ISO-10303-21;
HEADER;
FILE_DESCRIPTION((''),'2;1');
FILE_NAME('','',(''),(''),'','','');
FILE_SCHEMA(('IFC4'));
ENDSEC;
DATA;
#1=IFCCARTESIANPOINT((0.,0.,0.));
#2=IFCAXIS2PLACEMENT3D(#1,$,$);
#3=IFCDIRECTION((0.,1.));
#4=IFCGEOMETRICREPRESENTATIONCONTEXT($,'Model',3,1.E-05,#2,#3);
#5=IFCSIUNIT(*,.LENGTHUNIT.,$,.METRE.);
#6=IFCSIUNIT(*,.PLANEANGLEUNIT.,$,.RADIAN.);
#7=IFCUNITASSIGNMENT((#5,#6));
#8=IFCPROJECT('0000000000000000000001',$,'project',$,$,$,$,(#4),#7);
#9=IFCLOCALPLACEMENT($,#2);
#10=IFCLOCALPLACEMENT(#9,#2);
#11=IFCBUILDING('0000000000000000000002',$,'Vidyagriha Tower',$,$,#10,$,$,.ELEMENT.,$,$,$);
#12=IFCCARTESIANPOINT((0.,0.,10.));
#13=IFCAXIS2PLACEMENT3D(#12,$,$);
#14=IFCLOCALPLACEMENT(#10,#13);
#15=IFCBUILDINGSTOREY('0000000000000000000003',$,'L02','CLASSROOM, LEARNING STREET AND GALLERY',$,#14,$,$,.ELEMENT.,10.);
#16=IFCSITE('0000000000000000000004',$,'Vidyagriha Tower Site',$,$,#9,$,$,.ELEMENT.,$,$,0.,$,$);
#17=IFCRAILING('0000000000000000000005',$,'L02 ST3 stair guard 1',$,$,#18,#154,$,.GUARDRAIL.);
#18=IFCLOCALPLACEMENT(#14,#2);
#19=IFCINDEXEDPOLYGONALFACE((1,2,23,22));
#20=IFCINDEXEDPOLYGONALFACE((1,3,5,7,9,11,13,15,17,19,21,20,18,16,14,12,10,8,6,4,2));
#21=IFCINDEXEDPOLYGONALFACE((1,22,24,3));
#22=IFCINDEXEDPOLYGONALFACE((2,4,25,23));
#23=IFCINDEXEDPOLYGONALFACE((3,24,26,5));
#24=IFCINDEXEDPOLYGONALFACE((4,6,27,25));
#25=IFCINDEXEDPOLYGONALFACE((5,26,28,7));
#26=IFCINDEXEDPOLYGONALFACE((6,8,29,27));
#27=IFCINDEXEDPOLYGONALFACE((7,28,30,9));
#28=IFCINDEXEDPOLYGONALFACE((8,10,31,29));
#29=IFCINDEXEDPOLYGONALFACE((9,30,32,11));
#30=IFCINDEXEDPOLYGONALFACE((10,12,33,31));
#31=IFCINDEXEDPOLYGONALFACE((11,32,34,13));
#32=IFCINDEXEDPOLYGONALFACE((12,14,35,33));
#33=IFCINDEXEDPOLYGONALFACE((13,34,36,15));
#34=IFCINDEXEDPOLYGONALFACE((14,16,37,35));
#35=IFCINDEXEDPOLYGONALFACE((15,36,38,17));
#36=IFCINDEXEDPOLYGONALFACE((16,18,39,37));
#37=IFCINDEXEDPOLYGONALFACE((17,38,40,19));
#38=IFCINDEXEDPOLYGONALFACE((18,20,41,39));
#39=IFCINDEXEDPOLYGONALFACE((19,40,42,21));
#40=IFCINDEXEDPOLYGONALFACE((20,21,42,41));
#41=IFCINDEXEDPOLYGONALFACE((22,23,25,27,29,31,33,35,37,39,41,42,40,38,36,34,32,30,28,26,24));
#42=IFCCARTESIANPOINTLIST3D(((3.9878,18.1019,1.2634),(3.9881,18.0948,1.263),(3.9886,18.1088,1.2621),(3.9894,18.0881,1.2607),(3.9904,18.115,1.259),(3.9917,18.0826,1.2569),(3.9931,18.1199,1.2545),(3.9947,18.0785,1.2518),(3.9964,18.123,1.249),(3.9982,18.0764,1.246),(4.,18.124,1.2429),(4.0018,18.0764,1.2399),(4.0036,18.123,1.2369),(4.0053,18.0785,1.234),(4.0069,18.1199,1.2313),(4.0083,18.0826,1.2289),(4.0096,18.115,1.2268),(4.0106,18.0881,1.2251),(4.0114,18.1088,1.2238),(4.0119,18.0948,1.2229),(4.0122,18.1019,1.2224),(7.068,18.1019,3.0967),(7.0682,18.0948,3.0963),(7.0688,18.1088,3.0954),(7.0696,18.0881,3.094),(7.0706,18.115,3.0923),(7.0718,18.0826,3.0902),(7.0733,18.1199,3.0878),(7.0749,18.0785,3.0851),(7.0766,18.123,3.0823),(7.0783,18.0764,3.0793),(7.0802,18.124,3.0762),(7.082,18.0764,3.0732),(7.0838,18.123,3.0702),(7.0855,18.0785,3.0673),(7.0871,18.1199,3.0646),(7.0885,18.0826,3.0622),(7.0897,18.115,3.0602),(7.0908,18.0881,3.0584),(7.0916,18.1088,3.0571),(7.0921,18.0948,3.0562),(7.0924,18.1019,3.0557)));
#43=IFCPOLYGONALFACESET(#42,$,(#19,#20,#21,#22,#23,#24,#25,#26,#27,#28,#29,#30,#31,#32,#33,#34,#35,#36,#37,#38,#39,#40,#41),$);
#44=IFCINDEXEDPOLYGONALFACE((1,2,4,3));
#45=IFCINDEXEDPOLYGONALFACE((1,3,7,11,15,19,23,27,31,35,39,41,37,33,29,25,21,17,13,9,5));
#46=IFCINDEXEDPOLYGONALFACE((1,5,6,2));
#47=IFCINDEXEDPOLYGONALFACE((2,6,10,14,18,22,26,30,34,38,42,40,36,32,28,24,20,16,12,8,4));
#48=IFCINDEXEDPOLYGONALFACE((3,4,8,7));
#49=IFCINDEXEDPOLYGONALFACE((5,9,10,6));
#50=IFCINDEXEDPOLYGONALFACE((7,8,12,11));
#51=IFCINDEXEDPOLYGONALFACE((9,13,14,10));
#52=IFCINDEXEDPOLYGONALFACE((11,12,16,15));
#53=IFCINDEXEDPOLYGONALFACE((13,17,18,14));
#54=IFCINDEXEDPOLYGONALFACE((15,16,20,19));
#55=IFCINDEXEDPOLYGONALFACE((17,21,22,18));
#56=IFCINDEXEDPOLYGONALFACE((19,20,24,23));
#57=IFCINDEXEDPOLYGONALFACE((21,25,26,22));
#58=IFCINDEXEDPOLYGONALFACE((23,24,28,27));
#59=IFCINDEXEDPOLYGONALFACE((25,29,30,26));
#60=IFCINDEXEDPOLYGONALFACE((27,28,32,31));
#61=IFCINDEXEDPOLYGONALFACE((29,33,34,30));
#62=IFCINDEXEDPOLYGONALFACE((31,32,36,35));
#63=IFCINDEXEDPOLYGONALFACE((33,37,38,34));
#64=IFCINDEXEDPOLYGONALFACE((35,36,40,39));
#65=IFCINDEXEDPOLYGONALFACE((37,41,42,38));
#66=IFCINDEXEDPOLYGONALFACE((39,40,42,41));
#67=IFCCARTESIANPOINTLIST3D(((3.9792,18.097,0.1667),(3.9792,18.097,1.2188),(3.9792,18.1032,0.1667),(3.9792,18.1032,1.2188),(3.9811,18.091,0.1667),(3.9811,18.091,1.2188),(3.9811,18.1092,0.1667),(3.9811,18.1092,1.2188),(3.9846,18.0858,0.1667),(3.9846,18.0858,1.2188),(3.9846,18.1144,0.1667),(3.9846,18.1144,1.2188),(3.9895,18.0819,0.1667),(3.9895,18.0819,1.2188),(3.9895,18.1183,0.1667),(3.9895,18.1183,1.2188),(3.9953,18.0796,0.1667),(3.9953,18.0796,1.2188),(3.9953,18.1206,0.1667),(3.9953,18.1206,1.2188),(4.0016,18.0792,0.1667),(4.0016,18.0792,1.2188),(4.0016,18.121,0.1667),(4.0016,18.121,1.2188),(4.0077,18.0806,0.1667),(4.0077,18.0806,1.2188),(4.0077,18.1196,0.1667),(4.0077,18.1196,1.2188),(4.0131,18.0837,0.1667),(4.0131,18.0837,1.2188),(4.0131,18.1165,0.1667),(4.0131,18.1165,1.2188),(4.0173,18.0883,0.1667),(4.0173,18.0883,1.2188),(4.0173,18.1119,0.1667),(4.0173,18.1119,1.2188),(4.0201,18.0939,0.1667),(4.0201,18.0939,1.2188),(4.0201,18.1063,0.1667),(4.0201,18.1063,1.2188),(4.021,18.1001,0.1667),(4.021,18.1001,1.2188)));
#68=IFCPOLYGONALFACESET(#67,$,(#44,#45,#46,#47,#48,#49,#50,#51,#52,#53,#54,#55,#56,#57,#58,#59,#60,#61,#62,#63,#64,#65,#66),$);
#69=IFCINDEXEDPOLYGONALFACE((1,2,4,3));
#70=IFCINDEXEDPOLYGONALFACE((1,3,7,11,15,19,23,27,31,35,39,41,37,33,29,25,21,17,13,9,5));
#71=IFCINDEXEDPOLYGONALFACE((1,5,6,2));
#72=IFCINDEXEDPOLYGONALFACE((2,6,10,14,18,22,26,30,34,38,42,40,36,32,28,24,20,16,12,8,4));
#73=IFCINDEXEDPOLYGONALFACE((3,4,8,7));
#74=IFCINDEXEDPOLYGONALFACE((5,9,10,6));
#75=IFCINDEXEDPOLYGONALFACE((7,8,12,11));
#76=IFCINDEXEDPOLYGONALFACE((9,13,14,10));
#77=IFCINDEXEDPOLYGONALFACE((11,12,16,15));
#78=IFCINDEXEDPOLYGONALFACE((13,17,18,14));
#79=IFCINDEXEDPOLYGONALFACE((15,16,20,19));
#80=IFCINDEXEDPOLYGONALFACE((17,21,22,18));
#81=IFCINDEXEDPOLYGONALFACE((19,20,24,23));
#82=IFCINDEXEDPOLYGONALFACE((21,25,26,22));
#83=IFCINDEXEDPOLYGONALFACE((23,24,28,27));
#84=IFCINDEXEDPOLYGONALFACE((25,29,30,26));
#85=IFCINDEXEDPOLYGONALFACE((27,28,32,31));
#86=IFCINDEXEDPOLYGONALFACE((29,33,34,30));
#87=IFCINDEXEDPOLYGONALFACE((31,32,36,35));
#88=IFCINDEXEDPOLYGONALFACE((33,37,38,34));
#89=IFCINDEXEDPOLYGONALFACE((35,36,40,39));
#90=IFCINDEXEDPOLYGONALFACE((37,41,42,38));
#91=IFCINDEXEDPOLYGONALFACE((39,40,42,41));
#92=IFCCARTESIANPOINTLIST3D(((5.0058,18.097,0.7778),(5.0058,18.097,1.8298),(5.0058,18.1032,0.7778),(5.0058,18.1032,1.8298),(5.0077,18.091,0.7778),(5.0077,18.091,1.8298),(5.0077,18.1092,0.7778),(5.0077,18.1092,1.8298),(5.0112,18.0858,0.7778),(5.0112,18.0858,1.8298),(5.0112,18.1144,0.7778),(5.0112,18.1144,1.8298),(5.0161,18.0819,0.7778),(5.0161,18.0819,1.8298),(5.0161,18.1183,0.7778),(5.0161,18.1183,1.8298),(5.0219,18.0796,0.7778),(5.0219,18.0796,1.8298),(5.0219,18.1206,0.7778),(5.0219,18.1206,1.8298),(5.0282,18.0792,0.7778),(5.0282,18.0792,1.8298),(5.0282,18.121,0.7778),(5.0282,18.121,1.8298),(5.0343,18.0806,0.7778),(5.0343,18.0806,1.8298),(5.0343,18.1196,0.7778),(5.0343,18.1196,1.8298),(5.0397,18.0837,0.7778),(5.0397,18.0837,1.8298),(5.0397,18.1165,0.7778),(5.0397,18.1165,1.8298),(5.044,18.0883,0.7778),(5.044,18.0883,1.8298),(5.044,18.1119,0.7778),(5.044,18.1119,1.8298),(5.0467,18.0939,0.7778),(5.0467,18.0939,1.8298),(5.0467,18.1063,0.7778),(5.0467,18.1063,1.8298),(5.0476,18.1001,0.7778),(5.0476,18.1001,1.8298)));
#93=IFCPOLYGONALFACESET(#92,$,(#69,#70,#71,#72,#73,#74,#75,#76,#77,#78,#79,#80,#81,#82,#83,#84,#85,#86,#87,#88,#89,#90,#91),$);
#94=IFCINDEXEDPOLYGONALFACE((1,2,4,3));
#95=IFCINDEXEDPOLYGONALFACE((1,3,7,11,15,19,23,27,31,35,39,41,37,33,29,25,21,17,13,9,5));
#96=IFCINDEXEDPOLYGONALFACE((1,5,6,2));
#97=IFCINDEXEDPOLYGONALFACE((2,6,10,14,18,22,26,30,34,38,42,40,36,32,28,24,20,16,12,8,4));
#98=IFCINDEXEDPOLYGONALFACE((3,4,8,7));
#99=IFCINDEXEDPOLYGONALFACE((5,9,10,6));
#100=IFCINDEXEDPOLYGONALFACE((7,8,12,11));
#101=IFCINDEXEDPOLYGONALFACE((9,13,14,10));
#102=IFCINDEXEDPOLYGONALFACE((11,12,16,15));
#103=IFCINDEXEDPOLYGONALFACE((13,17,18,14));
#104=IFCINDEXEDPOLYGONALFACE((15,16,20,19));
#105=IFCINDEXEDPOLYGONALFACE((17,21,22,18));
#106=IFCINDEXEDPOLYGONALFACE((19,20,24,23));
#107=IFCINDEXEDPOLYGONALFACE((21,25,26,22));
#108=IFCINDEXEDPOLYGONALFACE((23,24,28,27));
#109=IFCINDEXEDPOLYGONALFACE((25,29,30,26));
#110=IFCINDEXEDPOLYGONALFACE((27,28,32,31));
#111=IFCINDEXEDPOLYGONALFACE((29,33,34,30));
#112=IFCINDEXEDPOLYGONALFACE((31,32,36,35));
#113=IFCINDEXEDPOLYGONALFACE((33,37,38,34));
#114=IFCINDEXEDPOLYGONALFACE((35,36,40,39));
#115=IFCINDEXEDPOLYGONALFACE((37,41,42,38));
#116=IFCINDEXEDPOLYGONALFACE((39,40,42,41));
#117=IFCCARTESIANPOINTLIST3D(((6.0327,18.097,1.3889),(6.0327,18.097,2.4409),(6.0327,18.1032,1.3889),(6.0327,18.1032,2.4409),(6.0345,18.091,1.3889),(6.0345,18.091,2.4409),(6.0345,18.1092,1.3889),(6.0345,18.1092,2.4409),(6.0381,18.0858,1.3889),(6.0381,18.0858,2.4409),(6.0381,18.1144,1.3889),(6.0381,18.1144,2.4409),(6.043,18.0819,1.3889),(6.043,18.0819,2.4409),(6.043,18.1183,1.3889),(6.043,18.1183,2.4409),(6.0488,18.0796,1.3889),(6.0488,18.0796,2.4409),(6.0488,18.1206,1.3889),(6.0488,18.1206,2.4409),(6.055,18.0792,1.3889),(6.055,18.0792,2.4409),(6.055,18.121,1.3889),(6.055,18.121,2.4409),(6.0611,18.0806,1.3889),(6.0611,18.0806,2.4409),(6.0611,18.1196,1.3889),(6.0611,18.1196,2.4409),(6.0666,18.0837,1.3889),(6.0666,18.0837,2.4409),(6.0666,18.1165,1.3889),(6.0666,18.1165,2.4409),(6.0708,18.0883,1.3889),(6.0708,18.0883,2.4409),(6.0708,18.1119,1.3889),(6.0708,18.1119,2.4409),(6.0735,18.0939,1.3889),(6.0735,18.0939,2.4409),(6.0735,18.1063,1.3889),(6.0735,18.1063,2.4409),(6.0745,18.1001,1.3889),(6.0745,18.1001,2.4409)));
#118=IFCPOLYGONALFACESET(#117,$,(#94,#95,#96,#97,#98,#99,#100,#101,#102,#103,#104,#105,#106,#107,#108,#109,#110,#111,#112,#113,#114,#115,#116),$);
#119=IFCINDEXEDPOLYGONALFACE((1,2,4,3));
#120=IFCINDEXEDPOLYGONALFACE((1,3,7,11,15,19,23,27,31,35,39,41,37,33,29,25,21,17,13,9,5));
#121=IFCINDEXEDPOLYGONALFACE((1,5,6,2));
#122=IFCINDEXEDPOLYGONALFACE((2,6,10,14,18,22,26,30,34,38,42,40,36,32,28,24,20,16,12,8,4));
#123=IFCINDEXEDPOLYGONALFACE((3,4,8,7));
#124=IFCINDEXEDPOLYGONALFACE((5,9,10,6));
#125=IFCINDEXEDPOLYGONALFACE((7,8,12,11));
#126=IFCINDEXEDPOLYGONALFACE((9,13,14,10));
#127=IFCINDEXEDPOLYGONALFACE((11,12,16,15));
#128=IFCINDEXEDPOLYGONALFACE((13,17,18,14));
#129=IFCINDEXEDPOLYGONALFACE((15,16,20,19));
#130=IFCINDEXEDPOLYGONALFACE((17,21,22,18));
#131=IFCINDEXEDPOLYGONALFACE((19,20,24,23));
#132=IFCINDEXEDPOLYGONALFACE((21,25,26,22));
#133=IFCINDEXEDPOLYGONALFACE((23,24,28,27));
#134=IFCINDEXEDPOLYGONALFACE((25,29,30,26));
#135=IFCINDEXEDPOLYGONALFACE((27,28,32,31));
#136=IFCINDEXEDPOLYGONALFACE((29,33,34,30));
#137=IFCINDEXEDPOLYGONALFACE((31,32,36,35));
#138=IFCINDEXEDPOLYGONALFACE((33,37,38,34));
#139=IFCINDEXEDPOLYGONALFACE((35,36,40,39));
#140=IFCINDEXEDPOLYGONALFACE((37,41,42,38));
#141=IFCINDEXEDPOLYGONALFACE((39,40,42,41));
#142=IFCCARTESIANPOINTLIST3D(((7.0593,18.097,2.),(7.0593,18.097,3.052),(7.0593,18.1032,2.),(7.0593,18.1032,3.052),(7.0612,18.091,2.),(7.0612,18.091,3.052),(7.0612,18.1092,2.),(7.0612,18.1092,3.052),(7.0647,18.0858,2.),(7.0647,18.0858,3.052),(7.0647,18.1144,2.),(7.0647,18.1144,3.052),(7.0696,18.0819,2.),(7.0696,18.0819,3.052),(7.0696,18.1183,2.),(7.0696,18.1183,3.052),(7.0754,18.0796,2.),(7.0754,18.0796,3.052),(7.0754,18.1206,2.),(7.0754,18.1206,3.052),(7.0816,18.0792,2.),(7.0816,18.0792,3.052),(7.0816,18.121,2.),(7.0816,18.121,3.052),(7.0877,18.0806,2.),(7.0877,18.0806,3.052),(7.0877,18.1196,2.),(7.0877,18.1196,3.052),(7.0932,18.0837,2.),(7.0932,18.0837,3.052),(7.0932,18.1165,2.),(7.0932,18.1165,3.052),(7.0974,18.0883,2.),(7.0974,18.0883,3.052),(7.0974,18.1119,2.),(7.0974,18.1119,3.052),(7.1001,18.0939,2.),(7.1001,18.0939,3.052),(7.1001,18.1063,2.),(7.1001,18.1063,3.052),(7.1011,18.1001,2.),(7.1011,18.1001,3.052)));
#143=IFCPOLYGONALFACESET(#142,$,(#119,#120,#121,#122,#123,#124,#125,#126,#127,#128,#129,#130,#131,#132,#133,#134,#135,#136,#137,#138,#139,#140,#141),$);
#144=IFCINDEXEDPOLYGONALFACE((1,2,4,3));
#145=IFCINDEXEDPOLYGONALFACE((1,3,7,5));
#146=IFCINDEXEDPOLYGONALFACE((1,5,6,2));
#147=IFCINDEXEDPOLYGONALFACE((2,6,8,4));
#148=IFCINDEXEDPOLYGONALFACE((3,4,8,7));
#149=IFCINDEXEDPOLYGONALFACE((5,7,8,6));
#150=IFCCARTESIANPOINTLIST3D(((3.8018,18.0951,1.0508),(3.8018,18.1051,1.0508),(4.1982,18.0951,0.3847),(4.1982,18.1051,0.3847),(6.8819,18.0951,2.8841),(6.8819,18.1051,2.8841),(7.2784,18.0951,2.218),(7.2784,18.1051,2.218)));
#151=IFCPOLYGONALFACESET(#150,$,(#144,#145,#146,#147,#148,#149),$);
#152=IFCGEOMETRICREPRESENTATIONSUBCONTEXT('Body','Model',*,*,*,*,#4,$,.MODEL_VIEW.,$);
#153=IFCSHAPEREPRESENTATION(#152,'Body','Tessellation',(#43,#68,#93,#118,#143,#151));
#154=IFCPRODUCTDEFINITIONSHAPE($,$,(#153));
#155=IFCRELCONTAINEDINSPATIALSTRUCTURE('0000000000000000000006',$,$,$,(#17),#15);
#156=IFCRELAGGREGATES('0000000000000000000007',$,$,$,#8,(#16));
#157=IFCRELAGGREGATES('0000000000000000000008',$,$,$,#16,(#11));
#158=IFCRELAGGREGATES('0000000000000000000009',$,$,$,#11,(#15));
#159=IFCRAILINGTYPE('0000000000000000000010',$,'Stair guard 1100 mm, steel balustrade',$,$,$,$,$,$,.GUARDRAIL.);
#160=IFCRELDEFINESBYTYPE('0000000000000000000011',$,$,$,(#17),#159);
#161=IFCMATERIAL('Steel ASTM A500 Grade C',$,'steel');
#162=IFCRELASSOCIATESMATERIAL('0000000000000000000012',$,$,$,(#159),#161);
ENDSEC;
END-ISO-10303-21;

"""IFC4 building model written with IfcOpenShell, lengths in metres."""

from ifc_helpers import new_model, si_unit, direction, frame, origin, origin_2d, place, context, subcontext, project, spatial, rectangle, circle, extrude, material, type_object, element, save


model = new_model("IFC4")

# Units and contexts
model_context = context("Model", 3, precision=1e-05, world=origin(), true_north=direction((0.0, 1.0)))
body_context = subcontext(model_context, "Body", "Model", "MODEL_VIEW")
ifc_project = project(units=[si_unit("LENGTHUNIT", "METRE"), si_unit("PLANEANGLEUNIT", "RADIAN")], contexts=[model_context])

# Site, building, storey
site_placement = place(None, origin())
site = spatial("IfcSite", under=ifc_project, at=site_placement, Name="Vidyagriha Tower Site", CompositionType="ELEMENT", RefElevation=0.0)
building_placement = place(site_placement, origin())
building = spatial("IfcBuilding", under=site, at=building_placement, Name="Vidyagriha Tower", CompositionType="ELEMENT")
storey_placement = place(building_placement, frame((0.0, 0.0, 10.0)))
storey = spatial("IfcBuildingStorey", under=building, at=storey_placement, Name="L02", Description="CLASSROOM, LEARNING STREET AND GALLERY", CompositionType="ELEMENT", Elevation=10.0)

# Railing
ifc_material_1 = material(Name="Steel ASTM A500 Grade C", Category="steel")
railing_type_1 = type_object("IfcRailingType", Name="Stair guard 1100 mm, steel balustrade", PredefinedType="GUARDRAIL", material=ifc_material_1)
railing_1_placement = place(storey_placement, frame((4.0, 18.1001, 0.1667)))
element("IfcRailing", 1, at=railing_1_placement, inside=storey, type_object=railing_type_1, Name="L02 ST3 stair guard 1", PredefinedType="GUARDRAIL", context=body_context, shape_type="SweptSolid", body=[
    extrude(circle(Radius=0.0239, at=origin_2d()), frame((0.0, 0.0, 1.0762), z_axis=(0.859309, 0.0, 0.511458), x_axis=(0.0, 1.0, 0.0)), (0.0, 0.0, 1.0), 3.5845),
    extrude(circle(Radius=0.021, at=origin_2d()), origin(), (0.0, 0.0, 1.0), 1.052),
    extrude(circle(Radius=0.021, at=origin_2d()), frame((1.0266, 0.0, 0.6111)), (0.0, 0.0, 1.0), 1.052),
    extrude(circle(Radius=0.021, at=origin_2d()), frame((2.0535, 0.0, 1.2222)), (0.0, 0.0, 1.0), 1.052),
    extrude(circle(Radius=0.021, at=origin_2d()), frame((3.0801, 0.0, 1.8333)), (0.0, 0.0, 1.0), 1.052),
    extrude(rectangle(XDim=0.01, YDim=0.7751, at=origin_2d()), frame((0.0, 0.0, 0.551), z_axis=(0.859309, 0.0, 0.511458), x_axis=(0.0, 1.0, 0.0)), (0.0, 0.0, 1.0), 3.5845),
])

save(model, "model.ifc")
